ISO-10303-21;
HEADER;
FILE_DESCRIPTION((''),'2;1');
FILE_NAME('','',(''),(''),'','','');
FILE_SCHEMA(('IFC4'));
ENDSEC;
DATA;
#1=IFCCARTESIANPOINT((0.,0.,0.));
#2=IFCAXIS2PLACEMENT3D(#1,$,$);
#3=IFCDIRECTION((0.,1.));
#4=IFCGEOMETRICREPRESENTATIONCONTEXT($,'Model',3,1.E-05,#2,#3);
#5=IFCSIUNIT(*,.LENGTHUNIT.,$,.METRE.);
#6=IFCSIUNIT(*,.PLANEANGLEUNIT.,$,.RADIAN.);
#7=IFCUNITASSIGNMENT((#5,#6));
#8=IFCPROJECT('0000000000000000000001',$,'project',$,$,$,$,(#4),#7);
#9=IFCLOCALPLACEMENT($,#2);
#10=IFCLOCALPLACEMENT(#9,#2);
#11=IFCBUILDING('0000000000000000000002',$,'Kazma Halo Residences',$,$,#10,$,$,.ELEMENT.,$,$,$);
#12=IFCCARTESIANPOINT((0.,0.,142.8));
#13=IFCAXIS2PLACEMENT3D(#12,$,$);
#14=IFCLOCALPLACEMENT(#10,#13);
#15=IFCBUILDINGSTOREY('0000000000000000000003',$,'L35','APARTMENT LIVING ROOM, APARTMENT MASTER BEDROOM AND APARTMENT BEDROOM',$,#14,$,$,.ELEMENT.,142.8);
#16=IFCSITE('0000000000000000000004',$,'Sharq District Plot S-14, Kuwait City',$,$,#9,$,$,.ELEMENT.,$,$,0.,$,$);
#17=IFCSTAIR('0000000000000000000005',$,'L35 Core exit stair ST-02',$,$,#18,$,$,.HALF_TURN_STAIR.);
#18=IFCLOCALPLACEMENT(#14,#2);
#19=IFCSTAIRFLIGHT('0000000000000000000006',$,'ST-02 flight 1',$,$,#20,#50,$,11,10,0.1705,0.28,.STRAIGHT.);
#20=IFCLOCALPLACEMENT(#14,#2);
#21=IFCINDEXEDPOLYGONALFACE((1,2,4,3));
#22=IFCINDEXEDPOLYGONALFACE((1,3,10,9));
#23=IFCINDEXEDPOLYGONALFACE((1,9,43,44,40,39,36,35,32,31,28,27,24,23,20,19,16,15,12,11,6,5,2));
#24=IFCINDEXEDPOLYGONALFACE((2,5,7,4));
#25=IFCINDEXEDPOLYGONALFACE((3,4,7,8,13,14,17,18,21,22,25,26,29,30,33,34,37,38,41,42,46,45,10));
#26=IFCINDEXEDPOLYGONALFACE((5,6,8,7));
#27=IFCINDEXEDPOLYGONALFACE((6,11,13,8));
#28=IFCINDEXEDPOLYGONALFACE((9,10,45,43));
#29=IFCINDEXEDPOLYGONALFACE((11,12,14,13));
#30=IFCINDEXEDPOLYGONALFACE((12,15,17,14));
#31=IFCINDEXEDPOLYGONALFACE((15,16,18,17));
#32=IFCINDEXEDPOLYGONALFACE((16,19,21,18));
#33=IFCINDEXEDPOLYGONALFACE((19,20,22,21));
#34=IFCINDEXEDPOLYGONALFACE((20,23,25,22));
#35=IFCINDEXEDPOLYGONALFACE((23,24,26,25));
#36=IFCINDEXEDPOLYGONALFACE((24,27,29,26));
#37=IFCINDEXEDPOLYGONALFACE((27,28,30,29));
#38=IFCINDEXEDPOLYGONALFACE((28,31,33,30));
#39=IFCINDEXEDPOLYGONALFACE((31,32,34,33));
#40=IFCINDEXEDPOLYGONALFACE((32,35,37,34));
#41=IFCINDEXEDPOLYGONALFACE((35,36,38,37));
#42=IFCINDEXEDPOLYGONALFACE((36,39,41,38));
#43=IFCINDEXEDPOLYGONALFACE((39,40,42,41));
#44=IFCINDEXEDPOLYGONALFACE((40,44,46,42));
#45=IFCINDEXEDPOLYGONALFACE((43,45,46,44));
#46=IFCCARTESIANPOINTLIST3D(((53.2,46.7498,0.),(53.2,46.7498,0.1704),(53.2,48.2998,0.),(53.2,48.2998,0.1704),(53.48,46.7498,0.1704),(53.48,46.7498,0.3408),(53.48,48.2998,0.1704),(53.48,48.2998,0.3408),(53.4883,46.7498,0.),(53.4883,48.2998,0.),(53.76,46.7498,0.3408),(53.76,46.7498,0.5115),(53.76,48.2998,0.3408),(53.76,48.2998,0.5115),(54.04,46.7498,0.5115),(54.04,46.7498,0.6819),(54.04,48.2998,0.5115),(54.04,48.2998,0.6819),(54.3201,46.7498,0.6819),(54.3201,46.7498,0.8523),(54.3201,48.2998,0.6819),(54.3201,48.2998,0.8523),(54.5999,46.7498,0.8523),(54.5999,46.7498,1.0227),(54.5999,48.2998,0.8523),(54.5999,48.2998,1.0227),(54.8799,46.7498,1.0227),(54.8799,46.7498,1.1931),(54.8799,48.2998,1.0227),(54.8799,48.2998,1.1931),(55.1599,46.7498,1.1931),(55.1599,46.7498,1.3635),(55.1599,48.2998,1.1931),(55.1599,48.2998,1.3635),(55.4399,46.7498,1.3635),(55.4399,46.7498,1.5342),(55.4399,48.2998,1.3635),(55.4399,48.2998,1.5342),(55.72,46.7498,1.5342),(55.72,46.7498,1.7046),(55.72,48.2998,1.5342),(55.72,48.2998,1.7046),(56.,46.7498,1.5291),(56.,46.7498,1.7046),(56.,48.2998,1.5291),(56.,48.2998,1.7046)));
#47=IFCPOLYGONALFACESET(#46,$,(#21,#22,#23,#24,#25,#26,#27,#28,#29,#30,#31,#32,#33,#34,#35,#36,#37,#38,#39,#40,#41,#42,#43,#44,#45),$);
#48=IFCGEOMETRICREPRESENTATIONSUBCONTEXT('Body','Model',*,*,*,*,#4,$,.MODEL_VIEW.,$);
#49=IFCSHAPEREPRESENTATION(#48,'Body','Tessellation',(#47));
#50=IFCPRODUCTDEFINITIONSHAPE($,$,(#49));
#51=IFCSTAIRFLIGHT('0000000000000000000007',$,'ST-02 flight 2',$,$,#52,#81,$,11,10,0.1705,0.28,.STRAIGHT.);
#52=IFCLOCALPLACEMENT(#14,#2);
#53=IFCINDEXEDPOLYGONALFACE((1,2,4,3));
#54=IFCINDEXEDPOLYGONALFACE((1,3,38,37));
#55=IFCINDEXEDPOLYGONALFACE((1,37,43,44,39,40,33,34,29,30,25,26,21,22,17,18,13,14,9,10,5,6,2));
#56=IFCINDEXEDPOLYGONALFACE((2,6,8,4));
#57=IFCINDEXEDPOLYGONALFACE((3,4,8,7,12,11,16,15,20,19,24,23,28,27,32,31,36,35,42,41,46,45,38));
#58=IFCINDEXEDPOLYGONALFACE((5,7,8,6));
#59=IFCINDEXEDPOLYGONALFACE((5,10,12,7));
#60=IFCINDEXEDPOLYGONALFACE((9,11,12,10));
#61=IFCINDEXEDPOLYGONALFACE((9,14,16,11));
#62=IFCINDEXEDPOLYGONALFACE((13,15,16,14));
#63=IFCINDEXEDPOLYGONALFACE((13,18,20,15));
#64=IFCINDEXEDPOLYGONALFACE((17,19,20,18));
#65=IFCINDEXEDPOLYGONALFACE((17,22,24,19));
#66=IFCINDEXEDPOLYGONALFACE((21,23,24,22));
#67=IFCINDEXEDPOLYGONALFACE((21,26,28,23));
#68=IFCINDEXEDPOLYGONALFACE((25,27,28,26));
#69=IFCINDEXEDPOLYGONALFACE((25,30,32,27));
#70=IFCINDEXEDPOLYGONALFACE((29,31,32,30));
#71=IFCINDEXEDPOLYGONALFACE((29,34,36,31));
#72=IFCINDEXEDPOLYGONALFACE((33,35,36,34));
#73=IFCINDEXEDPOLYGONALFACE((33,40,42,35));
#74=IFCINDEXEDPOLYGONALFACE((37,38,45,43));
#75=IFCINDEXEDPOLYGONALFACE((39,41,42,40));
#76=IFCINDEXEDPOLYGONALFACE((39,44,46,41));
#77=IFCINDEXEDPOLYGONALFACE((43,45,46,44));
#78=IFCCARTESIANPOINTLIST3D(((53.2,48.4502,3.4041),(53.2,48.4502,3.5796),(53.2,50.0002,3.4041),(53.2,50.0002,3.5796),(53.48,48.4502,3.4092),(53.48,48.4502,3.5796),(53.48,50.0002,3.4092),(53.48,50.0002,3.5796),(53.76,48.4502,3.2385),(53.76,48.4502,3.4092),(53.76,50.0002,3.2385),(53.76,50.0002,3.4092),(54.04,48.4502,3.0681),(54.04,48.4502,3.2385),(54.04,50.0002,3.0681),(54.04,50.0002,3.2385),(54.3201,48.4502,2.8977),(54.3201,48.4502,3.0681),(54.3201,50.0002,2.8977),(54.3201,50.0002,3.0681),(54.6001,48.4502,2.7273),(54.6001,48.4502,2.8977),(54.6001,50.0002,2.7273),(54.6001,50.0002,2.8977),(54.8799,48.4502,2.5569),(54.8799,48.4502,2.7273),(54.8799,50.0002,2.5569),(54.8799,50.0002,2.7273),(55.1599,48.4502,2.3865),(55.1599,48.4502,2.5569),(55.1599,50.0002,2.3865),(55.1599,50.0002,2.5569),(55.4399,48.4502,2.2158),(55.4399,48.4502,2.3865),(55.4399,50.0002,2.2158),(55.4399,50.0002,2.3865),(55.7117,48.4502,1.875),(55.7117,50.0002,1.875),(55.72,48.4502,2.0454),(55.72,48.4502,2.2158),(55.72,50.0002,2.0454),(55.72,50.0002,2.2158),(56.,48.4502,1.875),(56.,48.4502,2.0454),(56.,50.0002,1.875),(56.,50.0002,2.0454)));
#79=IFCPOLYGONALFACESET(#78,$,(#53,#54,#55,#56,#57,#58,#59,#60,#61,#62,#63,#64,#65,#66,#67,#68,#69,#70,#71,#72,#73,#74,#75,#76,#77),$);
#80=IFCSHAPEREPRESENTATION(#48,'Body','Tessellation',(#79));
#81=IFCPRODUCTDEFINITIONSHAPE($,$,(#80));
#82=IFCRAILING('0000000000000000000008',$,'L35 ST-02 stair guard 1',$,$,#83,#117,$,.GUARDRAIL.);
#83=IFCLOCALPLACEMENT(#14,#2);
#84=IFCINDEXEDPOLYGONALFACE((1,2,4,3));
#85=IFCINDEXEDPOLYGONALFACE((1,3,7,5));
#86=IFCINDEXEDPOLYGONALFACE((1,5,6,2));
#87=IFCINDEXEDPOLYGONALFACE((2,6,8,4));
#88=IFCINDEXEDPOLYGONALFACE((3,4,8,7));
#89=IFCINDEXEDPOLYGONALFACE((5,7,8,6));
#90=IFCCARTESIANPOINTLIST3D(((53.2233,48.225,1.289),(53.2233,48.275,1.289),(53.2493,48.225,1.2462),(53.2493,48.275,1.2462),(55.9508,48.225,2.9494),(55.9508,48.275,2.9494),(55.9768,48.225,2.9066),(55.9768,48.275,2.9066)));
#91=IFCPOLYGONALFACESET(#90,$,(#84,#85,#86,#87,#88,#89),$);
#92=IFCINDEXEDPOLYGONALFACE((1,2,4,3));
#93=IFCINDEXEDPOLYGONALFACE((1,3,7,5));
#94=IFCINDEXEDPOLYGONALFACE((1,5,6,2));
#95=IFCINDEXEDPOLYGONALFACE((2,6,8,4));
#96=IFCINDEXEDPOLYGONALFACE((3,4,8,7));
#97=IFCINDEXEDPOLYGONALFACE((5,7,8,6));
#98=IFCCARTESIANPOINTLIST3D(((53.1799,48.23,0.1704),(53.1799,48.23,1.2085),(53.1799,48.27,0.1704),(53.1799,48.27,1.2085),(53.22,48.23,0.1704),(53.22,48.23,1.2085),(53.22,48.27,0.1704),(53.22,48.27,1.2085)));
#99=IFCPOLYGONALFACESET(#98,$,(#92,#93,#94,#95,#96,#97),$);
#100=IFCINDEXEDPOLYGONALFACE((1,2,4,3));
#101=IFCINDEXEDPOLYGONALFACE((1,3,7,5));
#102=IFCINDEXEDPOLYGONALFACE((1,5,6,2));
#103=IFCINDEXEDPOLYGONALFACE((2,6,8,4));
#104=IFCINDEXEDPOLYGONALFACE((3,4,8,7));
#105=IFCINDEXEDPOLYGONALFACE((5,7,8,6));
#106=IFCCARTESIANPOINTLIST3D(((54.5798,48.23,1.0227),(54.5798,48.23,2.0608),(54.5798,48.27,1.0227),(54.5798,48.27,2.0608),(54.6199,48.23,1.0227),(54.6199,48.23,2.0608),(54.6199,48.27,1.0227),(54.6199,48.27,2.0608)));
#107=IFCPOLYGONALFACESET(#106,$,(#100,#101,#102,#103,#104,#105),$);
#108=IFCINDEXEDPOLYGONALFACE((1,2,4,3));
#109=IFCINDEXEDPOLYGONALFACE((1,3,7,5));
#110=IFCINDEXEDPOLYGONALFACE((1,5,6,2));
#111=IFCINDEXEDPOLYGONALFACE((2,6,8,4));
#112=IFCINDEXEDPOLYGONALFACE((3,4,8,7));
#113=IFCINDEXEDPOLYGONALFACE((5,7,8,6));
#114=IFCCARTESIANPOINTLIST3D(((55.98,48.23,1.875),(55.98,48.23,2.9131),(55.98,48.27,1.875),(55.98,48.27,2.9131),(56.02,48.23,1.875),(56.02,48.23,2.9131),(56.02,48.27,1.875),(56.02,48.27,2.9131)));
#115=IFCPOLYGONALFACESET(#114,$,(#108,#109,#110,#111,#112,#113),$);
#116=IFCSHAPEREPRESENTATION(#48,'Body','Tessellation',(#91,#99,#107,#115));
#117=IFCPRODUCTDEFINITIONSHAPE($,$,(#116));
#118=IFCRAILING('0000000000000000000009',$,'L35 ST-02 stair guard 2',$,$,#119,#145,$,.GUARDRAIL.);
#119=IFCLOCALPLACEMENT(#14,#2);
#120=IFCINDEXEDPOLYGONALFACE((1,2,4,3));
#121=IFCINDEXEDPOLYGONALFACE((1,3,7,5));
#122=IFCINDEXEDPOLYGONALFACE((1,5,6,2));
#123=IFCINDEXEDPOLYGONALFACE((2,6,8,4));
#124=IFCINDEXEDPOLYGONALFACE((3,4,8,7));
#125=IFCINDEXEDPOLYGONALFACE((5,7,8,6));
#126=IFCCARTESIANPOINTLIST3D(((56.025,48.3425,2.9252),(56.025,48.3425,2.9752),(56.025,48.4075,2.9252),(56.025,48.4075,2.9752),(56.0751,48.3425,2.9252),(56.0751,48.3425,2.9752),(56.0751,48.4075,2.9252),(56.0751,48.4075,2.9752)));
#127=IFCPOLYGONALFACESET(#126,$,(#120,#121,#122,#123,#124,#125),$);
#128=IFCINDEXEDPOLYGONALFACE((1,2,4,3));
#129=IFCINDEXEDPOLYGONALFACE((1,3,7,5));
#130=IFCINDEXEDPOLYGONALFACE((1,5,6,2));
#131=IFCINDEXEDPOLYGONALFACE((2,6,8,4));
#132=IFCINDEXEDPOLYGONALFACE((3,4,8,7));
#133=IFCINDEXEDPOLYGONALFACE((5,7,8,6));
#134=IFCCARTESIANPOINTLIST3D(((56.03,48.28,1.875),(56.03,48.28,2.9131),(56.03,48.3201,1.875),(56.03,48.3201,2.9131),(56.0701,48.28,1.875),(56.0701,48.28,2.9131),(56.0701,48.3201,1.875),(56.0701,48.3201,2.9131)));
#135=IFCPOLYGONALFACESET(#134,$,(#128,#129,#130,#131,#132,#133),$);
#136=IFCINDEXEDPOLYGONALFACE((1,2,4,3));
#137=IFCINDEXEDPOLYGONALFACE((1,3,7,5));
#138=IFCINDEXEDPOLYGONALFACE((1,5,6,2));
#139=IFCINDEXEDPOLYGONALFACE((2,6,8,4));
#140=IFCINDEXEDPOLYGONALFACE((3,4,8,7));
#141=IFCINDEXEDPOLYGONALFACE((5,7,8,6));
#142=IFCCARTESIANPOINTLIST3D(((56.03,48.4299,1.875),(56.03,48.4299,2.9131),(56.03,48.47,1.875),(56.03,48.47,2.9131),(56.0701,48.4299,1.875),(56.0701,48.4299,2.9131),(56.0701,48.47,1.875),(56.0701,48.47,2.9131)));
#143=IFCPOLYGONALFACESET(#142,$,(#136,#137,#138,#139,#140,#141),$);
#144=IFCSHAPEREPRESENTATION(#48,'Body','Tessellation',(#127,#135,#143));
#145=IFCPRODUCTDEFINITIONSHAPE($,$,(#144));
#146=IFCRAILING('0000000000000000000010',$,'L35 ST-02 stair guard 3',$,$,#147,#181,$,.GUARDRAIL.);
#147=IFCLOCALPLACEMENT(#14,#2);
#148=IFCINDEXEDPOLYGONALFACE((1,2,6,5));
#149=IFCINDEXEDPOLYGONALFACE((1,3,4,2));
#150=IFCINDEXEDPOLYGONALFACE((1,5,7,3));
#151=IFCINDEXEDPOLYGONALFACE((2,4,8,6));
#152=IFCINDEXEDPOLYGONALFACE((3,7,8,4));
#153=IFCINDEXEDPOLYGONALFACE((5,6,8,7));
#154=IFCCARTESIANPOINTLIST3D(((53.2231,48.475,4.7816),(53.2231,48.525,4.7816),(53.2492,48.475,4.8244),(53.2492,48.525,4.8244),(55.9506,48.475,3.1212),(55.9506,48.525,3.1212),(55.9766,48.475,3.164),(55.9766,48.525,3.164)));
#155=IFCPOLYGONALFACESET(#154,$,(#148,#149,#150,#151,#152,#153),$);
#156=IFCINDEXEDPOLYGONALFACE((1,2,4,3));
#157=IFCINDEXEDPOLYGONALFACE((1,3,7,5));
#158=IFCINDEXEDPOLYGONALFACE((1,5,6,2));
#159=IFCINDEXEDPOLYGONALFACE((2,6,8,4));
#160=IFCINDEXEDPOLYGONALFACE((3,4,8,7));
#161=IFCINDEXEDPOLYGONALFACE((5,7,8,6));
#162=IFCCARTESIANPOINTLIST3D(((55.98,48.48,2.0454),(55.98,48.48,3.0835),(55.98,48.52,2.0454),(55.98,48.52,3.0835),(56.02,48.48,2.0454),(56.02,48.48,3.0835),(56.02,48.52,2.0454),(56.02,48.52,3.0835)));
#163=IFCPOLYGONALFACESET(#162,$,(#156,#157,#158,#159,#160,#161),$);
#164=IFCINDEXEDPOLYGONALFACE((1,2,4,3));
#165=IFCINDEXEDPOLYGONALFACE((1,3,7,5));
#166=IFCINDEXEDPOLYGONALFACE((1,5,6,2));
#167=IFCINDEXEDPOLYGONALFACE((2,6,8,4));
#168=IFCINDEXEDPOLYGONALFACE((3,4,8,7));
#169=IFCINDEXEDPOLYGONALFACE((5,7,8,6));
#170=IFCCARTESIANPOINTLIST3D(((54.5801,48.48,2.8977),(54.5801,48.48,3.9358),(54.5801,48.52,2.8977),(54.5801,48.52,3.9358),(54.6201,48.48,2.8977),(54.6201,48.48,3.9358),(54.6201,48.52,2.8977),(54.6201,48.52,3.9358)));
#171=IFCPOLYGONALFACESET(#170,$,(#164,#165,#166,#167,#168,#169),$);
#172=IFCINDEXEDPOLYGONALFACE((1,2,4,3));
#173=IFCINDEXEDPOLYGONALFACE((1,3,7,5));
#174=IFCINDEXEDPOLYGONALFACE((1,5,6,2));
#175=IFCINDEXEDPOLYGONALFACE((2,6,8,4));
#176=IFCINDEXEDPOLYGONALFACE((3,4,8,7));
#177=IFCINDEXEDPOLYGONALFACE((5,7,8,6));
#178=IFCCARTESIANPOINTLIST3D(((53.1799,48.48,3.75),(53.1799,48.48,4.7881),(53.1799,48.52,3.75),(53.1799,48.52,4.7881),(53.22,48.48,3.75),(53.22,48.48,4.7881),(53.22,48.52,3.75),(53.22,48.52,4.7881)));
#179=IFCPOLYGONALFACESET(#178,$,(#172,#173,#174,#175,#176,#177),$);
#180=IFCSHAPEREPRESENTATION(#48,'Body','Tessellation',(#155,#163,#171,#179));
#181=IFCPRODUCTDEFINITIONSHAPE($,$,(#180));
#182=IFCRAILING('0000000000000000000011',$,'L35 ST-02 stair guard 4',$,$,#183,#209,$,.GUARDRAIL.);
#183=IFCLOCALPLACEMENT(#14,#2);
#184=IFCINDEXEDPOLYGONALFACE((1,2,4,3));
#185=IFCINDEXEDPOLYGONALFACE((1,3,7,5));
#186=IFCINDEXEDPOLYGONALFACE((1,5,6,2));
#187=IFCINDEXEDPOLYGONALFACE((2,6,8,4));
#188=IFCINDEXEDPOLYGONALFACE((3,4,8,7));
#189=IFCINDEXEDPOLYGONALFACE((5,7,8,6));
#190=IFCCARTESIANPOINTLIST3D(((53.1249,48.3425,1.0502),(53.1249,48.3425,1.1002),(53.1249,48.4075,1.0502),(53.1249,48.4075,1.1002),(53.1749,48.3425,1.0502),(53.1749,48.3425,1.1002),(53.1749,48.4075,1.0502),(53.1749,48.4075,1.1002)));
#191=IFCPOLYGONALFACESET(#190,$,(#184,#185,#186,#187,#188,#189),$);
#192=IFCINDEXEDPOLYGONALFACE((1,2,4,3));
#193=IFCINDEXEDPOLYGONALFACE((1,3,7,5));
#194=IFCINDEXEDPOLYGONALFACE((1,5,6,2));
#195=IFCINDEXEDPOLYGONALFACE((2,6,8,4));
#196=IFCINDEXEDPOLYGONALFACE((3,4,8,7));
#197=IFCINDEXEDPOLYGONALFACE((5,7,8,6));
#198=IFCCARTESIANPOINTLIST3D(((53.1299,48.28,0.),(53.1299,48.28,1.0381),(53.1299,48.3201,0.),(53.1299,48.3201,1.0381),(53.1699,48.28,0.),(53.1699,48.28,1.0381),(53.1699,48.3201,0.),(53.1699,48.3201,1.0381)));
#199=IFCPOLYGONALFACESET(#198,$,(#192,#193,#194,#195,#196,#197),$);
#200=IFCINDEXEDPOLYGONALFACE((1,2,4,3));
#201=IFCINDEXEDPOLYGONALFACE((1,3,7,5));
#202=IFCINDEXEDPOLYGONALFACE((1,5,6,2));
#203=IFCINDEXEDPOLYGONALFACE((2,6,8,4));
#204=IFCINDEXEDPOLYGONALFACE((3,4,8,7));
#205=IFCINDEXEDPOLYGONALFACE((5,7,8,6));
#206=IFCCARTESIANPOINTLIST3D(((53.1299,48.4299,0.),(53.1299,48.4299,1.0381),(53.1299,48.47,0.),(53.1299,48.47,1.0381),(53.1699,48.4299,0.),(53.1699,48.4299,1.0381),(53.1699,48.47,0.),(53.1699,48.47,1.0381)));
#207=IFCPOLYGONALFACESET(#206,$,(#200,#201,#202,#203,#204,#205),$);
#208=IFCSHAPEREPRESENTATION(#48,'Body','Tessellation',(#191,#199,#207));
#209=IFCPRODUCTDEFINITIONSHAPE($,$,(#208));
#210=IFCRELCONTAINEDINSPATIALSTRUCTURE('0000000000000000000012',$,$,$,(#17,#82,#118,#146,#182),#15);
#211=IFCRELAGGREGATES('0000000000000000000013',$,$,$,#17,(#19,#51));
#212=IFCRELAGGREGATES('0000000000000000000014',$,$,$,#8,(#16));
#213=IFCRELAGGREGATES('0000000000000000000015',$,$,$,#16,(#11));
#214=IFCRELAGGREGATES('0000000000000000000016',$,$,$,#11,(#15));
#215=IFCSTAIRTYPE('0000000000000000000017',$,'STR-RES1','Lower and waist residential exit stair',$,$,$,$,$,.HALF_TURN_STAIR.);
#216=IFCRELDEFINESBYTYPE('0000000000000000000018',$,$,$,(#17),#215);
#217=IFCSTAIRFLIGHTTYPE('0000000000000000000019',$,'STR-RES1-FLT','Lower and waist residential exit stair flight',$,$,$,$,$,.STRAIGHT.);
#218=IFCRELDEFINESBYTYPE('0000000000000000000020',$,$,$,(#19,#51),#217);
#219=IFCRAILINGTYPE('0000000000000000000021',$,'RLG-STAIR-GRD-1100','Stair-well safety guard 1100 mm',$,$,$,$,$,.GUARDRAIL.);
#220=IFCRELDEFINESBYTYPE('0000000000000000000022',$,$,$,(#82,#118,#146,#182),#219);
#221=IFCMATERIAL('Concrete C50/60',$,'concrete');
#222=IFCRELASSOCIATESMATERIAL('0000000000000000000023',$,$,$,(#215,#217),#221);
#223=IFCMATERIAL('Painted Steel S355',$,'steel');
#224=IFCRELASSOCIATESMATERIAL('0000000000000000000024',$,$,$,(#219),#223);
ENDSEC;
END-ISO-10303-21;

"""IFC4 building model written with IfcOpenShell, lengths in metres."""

from ifc_helpers import new_model, si_unit, direction, frame, origin, origin_2d, place, context, subcontext, project, spatial, polyline, rectangle, outline, extrude, material, type_object, element, aggregate, save


model = new_model("IFC4")

# Units and contexts
model_context = context("Model", 3, precision=1e-05, world=origin(), true_north=direction((0.0, 1.0)))
body_context = subcontext(model_context, "Body", "Model", "MODEL_VIEW")
ifc_project = project(units=[si_unit("LENGTHUNIT", "METRE"), si_unit("PLANEANGLEUNIT", "RADIAN")], contexts=[model_context])

# Site, building, storey
site_placement = place(None, origin())
site = spatial("IfcSite", under=ifc_project, at=site_placement, Name="Sharq District Plot S-14, Kuwait City", CompositionType="ELEMENT", RefElevation=0.0)
building_placement = place(site_placement, origin())
building = spatial("IfcBuilding", under=site, at=building_placement, Name="Kazma Halo Residences", CompositionType="ELEMENT")
storey_placement = place(building_placement, frame((0.0, 0.0, 142.8)))
storey = spatial("IfcBuildingStorey", under=building, at=storey_placement, Name="L35", Description="APARTMENT LIVING ROOM, APARTMENT MASTER BEDROOM AND APARTMENT BEDROOM", CompositionType="ELEMENT", Elevation=142.8)

# Shared definitions
ifc_material_1 = material(Name="Concrete C50/60", Category="concrete")

# Stair, stair flights
stair_type = type_object("IfcStairType", Name="STR-RES1", Description="Lower and waist residential exit stair", PredefinedType="HALF_TURN_STAIR", material=ifc_material_1)
stair_placement = place(storey_placement, origin())
stair = element("IfcStair", 1, at=stair_placement, inside=storey, type_object=stair_type, Name="L35 Core exit stair ST-02", PredefinedType="HALF_TURN_STAIR")
stair_flight_type = type_object("IfcStairFlightType", Name="STR-RES1-FLT", Description="Lower and waist residential exit stair flight", PredefinedType="STRAIGHT", material=ifc_material_1)
stair_flight_1_placement = place(storey_placement, frame((53.2, 47.5249, 0.0), z_axis=(0.0, 0.0, 1.0), x_axis=(1.0, 0.0, 0.0)))
stair_flight_1 = element("IfcStairFlight", 2, at=stair_flight_1_placement, type_object=stair_flight_type, Name="ST-02 flight 1", NumberOfRisers=11, NumberOfTreads=10, PredefinedType="STRAIGHT", RiserHeight=0.1705, TreadLength=0.28, context=body_context, shape_type="SweptSolid", body=[
    extrude(outline(polyline([(0.0, 0.0), (0.0, 0.1704), (0.28, 0.1704), (0.28, 0.3408), (0.5601, 0.3408), (0.5601, 0.5115), (0.8401, 0.5115), (0.8401, 0.6819), (1.1201, 0.6819), (1.1201, 0.8523), (1.3999, 0.8523), (1.3999, 1.0227), (1.6799, 1.0227), (1.6799, 1.1931), (1.96, 1.1931), (1.96, 1.3635), (2.24, 1.3635), (2.24, 1.5342), (2.52, 1.5342), (2.52, 1.7046), (2.8, 1.7046), (2.8, 1.875), (2.8, 1.5291), (0.2883, 0.0), (0.0, 0.0)])), frame((0.0, 0.7749, 0.0), z_axis=(0.0, -1.0, 0.0), x_axis=(1.0, 0.0, 0.0)), (0.0, 0.0, 1.0), 1.55),
])
stair_flight_2_placement = place(storey_placement, frame((56.0, 49.2251, 1.875), z_axis=(0.0, 0.0, 1.0), x_axis=(-1.0, 0.0, 0.0)))
stair_flight_2 = element("IfcStairFlight", 3, at=stair_flight_2_placement, type_object=stair_flight_type, Name="ST-02 flight 2", NumberOfRisers=11, NumberOfTreads=10, PredefinedType="STRAIGHT", RiserHeight=0.1705, TreadLength=0.28, context=body_context, shape_type="SweptSolid", body=[
    extrude(outline(polyline([(0.0, 0.0), (0.0, 0.1704), (0.28, 0.1704), (0.28, 0.3408), (0.5601, 0.3408), (0.5601, 0.5115), (0.8401, 0.5115), (0.8401, 0.6819), (1.1201, 0.6819), (1.1201, 0.8523), (1.3999, 0.8523), (1.3999, 1.0227), (1.6799, 1.0227), (1.6799, 1.1931), (1.96, 1.1931), (1.96, 1.3635), (2.24, 1.3635), (2.24, 1.5342), (2.52, 1.5342), (2.52, 1.7046), (2.8, 1.7046), (2.8, 1.875), (2.8, 1.5291), (0.2883, 0.0), (0.0, 0.0)])), frame((0.0, 0.7749, 0.0), z_axis=(0.0, -1.0, 0.0), x_axis=(1.0, 0.0, 0.0)), (0.0, 0.0, 1.0), 1.55),
])
aggregate(stair, [stair_flight_1, stair_flight_2])

# Railings
ifc_material_2 = material(Name="Painted Steel S355", Category="steel")
railing_type_1 = type_object("IfcRailingType", Name="RLG-STAIR-GRD-1100", Description="Stair-well safety guard 1100 mm", PredefinedType="GUARDRAIL", material=ifc_material_2)
railing_1_placement = place(storey_placement, frame((53.2, 48.25, 0.1704)))
element("IfcRailing", 4, at=railing_1_placement, inside=storey, type_object=railing_type_1, Name="L35 ST-02 stair guard 1", PredefinedType="GUARDRAIL", context=body_context, shape_type="SweptSolid", body=[
    extrude(rectangle(XDim=0.05, YDim=0.05, at=origin_2d()), frame((0.0364, 0.0, 1.0972), z_axis=(0.85417, 0.0, 0.519994), x_axis=(0.0, 1.0, 0.0)), (0.0, 0.0, 1.0), 3.1931),
    extrude(rectangle(XDim=0.04, YDim=0.04, at=origin_2d()), origin(), (0.0, 0.0, 1.0), 1.0381),
    extrude(rectangle(XDim=0.04, YDim=0.04, at=origin_2d()), frame((1.3999, 0.0, 0.8523)), (0.0, 0.0, 1.0), 1.0381),
    extrude(rectangle(XDim=0.04, YDim=0.04, at=origin_2d()), frame((2.8, 0.0, 1.7046)), (0.0, 0.0, 1.0), 1.0381),
])
railing_2_placement = place(storey_placement, frame((56.05, 48.3, 1.875)))
element("IfcRailing", 5, at=railing_2_placement, inside=storey, type_object=railing_type_1, Name="L35 ST-02 stair guard 2", PredefinedType="GUARDRAIL", context=body_context, shape_type="SweptSolid", body=[
    extrude(rectangle(XDim=0.05, YDim=0.05, at=origin_2d()), frame((0.0, 0.0425, 1.0752), z_axis=(0.0, 1.0, 0.0), x_axis=(-1.0, 0.0, 0.0)), (0.0, 0.0, 1.0), 0.0649),
    extrude(rectangle(XDim=0.04, YDim=0.04, at=origin_2d()), origin(), (0.0, 0.0, 1.0), 1.0381),
    extrude(rectangle(XDim=0.04, YDim=0.04, at=origin_2d()), frame((0.0, 0.1499, 0.0)), (0.0, 0.0, 1.0), 1.0381),
])
railing_3_placement = place(storey_placement, frame((56.0, 48.5, 2.0454)))
element("IfcRailing", 6, at=railing_3_placement, inside=storey, type_object=railing_type_1, Name="L35 ST-02 stair guard 3", PredefinedType="GUARDRAIL", context=body_context, shape_type="SweptSolid", body=[
    extrude(rectangle(XDim=0.05, YDim=0.05, at=origin_2d()), frame((-0.0364, 0.0, 1.0972), z_axis=(-0.85417, 0.0, 0.519994), x_axis=(0.0, -1.0, 0.0)), (0.0, 0.0, 1.0), 3.1931),
    extrude(rectangle(XDim=0.04, YDim=0.04, at=origin_2d()), origin(), (0.0, 0.0, 1.0), 1.0381),
    extrude(rectangle(XDim=0.04, YDim=0.04, at=origin_2d()), frame((-1.3999, 0.0, 0.8523)), (0.0, 0.0, 1.0), 1.0381),
    extrude(rectangle(XDim=0.04, YDim=0.04, at=origin_2d()), frame((-2.8, 0.0, 1.7046)), (0.0, 0.0, 1.0), 1.0381),
])
railing_4_placement = place(storey_placement, frame((53.1499, 48.3, 0.0)))
element("IfcRailing", 7, at=railing_4_placement, inside=storey, type_object=railing_type_1, Name="L35 ST-02 stair guard 4", PredefinedType="GUARDRAIL", context=body_context, shape_type="SweptSolid", body=[
    extrude(rectangle(XDim=0.05, YDim=0.05, at=origin_2d()), frame((0.0, 0.0425, 1.0752), z_axis=(0.0, 1.0, 0.0), x_axis=(-1.0, 0.0, 0.0)), (0.0, 0.0, 1.0), 0.0649),
    extrude(rectangle(XDim=0.04, YDim=0.04, at=origin_2d()), origin(), (0.0, 0.0, 1.0), 1.0381),
    extrude(rectangle(XDim=0.04, YDim=0.04, at=origin_2d()), frame((0.0, 0.1499, 0.0)), (0.0, 0.0, 1.0), 1.0381),
])

save(model, "model.ifc")
